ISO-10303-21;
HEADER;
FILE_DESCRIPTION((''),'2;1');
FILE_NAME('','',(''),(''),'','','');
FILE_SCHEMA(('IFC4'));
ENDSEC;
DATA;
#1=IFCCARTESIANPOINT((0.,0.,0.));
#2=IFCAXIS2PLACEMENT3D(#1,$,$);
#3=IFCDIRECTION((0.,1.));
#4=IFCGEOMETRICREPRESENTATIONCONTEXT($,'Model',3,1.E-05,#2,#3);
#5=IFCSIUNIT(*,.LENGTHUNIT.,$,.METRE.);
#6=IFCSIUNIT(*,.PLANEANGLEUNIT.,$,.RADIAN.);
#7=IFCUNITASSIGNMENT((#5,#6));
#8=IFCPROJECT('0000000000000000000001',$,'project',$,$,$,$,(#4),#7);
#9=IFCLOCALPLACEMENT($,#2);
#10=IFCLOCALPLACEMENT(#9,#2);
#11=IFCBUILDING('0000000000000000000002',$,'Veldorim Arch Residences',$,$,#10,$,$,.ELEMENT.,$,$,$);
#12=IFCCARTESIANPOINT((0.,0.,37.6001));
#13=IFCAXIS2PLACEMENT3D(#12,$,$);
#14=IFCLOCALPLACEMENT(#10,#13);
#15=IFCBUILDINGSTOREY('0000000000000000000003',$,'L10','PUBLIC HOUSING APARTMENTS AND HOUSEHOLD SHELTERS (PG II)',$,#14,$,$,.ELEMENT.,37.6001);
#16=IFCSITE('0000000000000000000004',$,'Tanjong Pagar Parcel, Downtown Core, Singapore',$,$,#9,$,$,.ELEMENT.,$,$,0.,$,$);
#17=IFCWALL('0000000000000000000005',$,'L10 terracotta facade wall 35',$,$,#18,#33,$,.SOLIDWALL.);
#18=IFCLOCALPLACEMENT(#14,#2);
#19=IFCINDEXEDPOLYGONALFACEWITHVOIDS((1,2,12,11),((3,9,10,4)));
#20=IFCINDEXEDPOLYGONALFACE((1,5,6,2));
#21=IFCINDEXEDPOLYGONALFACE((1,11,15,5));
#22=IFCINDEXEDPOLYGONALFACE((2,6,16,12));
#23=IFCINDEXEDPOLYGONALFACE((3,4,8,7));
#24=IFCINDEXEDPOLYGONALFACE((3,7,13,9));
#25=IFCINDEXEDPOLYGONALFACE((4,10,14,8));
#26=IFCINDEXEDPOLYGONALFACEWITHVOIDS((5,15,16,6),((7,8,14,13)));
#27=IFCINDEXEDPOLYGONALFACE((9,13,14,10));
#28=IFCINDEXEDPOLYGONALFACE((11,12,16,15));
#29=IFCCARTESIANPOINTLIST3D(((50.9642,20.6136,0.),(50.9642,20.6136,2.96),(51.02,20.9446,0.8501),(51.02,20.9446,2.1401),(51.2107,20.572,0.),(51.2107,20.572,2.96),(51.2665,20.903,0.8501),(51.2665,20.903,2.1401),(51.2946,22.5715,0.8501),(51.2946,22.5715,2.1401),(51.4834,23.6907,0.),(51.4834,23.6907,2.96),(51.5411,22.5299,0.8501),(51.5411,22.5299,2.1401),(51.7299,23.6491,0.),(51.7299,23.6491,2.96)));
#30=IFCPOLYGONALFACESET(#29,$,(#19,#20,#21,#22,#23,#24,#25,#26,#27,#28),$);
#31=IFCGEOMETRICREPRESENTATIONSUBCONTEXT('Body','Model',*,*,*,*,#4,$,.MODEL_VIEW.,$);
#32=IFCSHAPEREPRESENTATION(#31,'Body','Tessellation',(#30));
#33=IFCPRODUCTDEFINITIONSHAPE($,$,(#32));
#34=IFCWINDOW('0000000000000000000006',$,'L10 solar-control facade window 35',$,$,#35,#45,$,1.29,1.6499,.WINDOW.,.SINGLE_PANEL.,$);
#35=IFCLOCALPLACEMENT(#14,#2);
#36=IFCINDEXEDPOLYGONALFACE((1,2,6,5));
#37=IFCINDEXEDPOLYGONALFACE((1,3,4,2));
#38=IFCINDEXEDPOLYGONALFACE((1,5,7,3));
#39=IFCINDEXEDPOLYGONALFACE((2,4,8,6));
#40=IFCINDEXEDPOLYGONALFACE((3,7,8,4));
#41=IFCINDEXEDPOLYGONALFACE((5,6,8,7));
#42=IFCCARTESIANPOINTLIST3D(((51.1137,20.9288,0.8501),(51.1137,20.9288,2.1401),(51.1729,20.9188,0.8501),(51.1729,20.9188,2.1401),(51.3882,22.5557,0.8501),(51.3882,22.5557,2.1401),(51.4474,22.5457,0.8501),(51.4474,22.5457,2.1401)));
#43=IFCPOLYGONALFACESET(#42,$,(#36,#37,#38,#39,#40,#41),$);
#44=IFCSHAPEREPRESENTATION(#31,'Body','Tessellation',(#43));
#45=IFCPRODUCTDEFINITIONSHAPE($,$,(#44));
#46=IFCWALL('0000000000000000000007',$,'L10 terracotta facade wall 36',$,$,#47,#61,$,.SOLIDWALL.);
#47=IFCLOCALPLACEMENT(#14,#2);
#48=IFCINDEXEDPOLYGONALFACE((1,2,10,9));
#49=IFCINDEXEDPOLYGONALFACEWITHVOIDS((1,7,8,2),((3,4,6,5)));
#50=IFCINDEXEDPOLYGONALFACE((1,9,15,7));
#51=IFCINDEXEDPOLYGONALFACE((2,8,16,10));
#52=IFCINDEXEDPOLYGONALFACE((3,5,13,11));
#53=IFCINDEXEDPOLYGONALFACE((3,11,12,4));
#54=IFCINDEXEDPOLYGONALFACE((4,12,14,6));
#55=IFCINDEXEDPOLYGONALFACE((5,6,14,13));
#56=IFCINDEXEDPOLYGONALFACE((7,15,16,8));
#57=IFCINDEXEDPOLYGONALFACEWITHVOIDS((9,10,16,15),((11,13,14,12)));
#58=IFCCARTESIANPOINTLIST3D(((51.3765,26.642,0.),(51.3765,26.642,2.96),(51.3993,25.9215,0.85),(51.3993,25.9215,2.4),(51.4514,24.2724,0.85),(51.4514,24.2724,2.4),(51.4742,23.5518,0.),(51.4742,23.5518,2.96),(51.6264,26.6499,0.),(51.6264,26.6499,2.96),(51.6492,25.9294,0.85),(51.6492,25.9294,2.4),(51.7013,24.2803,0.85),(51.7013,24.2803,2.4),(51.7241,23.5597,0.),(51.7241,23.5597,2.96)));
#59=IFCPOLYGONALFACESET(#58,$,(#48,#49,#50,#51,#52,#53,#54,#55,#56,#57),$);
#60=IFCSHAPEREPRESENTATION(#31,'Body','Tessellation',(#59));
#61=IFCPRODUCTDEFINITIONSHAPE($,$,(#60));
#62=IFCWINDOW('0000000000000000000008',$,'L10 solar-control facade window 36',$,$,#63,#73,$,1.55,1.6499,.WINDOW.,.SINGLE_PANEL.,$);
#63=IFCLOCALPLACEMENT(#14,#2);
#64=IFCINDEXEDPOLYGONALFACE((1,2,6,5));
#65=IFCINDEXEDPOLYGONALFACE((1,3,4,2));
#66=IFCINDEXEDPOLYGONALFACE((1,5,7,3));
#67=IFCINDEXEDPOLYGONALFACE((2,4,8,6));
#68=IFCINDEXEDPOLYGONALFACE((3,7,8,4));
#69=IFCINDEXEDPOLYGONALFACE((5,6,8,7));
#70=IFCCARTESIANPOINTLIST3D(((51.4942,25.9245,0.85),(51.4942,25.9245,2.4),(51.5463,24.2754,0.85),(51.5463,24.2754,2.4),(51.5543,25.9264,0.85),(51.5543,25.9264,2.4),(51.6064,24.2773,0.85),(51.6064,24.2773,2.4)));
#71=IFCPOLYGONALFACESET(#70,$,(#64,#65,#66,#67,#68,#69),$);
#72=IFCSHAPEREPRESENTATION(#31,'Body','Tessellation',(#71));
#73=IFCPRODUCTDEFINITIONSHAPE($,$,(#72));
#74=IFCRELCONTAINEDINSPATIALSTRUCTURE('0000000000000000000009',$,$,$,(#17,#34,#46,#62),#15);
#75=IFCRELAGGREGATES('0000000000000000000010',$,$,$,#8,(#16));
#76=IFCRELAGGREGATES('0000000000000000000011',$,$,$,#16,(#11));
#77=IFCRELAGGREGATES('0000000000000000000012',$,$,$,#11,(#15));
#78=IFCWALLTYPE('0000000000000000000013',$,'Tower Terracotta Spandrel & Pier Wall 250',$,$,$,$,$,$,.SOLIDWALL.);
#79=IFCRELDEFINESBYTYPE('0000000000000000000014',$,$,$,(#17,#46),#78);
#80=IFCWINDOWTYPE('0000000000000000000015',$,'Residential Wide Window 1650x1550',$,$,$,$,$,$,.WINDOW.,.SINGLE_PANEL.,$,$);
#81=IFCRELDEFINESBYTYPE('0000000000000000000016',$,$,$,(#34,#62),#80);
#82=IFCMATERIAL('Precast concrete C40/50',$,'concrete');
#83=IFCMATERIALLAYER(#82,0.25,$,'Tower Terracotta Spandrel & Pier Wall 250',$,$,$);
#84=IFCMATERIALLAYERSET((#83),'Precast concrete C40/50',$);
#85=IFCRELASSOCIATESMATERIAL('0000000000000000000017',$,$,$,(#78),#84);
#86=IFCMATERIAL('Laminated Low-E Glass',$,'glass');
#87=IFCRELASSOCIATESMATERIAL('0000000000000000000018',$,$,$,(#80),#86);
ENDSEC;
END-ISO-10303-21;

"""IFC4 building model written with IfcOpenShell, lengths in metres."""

from ifc_helpers import new_model, si_unit, direction, frame, frame_2d, origin, place, context, subcontext, project, spatial, rectangle, extrude, material, layer, layer_set, type_object, element, fill, save


model = new_model("IFC4")

# Units and contexts
model_context = context("Model", 3, precision=1e-05, world=origin(), true_north=direction((0.0, 1.0)))
body_context = subcontext(model_context, "Body", "Model", "MODEL_VIEW")
ifc_project = project(units=[si_unit("LENGTHUNIT", "METRE"), si_unit("PLANEANGLEUNIT", "RADIAN")], contexts=[model_context])

# Site, building, storey
site_placement = place(None, origin())
site = spatial("IfcSite", under=ifc_project, at=site_placement, Name="Tanjong Pagar Parcel, Downtown Core, Singapore", CompositionType="ELEMENT", RefElevation=0.0)
building_placement = place(site_placement, origin())
building = spatial("IfcBuilding", under=site, at=building_placement, Name="Veldorim Arch Residences", CompositionType="ELEMENT")
storey_placement = place(building_placement, frame((0.0, 0.0, 37.6001)))
storey = spatial("IfcBuildingStorey", under=building, at=storey_placement, Name="L10", Description="PUBLIC HOUSING APARTMENTS AND HOUSEHOLD SHELTERS (PG II)", CompositionType="ELEMENT", Elevation=37.6001)

# Walls, openings, windows
ifc_material_1 = material(Name="Precast concrete C40/50", Category="concrete")
ifc_layer_1 = layer(ifc_material_1, 0.25, Name="Tower Terracotta Spandrel & Pier Wall 250")
ifc_layer_set_1 = layer_set([ifc_layer_1], Name="Precast concrete C40/50")
wall_type_1 = type_object("IfcWallType", Name="Tower Terracotta Spandrel & Pier Wall 250", PredefinedType="SOLIDWALL", material=ifc_layer_set_1)
wall_1_placement = place(storey_placement, frame((51.6067, 23.6699, 0.0), z_axis=(0.0, 0.0, 1.0), x_axis=(-0.166403, -0.986058, 0.0)))
wall_1 = element("IfcWall", 1, at=wall_1_placement, inside=storey, type_object=wall_type_1, Name="L10 terracotta facade wall 35", PredefinedType="SOLIDWALL", context=body_context, shape_type="SweptSolid", body=[
    extrude(rectangle(XDim=3.1206, YDim=0.25, at=frame_2d((1.5603, 0.0))), origin(), (0.0, 0.0, 1.0), 2.96),
])
opening_1_placement = place(wall_1_placement, frame((1.135, 0.0, 0.8501)))
opening_1 = element("IfcOpeningElement", 2, at=opening_1_placement, cuts=wall_1, PredefinedType="OPENING", context=body_context, shape_type="SweptSolid", body=[
    extrude(rectangle(XDim=1.6499, YDim=1.29, at=frame_2d((0.825, 0.645))), frame((0.0, 0.135, 0.0), z_axis=(0.0, -1.0, 0.0), x_axis=(1.0, 0.0, 0.0)), (0.0, 0.0, 1.0), 0.27),
])
ifc_material_2 = material(Name="Laminated Low-E Glass", Category="glass")
window_type = type_object("IfcWindowType", Name="Residential Wide Window 1650x1550", PartitioningType="SINGLE_PANEL", PredefinedType="WINDOW", material=ifc_material_2)
window_1_placement = place(opening_1_placement, origin())
window_1 = element("IfcWindow", 3, at=window_1_placement, inside=storey, type_object=window_type, Name="L10 solar-control facade window 35", OverallHeight=1.29, OverallWidth=1.6499, PartitioningType="SINGLE_PANEL", PredefinedType="WINDOW", context=body_context, shape_type="SweptSolid", body=[
    extrude(rectangle(XDim=1.6499, YDim=1.29, at=frame_2d((0.825, 0.645))), frame((0.0, 0.03, 0.0), z_axis=(0.0, -1.0, 0.0), x_axis=(1.0, 0.0, 0.0)), (0.0, 0.0, 1.0), 0.0601),
])
fill(opening_1, window_1)
wall_2_placement = place(storey_placement, frame((51.5015, 26.646, 0.0), z_axis=(0.0, 0.0, 1.0), x_axis=(0.031585, -0.999501, 0.0)))
wall_2 = element("IfcWall", 4, at=wall_2_placement, inside=storey, type_object=wall_type_1, Name="L10 terracotta facade wall 36", PredefinedType="SOLIDWALL", context=body_context, shape_type="SweptSolid", body=[
    extrude(rectangle(XDim=3.0918, YDim=0.25, at=frame_2d((1.5459, 0.0))), origin(), (0.0, 0.0, 1.0), 2.96),
])
opening_2_placement = place(wall_2_placement, frame((0.7209, 0.0, 0.8501)))
opening_2 = element("IfcOpeningElement", 5, at=opening_2_placement, cuts=wall_2, PredefinedType="OPENING", context=body_context, shape_type="SweptSolid", body=[
    extrude(rectangle(XDim=1.6499, YDim=1.55, at=frame_2d((0.825, 0.7749))), frame((0.0, 0.135, 0.0), z_axis=(0.0, -1.0, 0.0), x_axis=(1.0, 0.0, 0.0)), (0.0, 0.0, 1.0), 0.27),
])
window_2_placement = place(opening_2_placement, origin())
window_2 = element("IfcWindow", 6, at=window_2_placement, inside=storey, type_object=window_type, Name="L10 solar-control facade window 36", OverallHeight=1.55, OverallWidth=1.6499, PartitioningType="SINGLE_PANEL", PredefinedType="WINDOW", context=body_context, shape_type="SweptSolid", body=[
    extrude(rectangle(XDim=1.6499, YDim=1.55, at=frame_2d((0.825, 0.7749))), frame((0.0, 0.03, 0.0), z_axis=(0.0, -1.0, 0.0), x_axis=(1.0, 0.0, 0.0)), (0.0, 0.0, 1.0), 0.0601),
])
fill(opening_2, window_2)

save(model, "model.ifc")
